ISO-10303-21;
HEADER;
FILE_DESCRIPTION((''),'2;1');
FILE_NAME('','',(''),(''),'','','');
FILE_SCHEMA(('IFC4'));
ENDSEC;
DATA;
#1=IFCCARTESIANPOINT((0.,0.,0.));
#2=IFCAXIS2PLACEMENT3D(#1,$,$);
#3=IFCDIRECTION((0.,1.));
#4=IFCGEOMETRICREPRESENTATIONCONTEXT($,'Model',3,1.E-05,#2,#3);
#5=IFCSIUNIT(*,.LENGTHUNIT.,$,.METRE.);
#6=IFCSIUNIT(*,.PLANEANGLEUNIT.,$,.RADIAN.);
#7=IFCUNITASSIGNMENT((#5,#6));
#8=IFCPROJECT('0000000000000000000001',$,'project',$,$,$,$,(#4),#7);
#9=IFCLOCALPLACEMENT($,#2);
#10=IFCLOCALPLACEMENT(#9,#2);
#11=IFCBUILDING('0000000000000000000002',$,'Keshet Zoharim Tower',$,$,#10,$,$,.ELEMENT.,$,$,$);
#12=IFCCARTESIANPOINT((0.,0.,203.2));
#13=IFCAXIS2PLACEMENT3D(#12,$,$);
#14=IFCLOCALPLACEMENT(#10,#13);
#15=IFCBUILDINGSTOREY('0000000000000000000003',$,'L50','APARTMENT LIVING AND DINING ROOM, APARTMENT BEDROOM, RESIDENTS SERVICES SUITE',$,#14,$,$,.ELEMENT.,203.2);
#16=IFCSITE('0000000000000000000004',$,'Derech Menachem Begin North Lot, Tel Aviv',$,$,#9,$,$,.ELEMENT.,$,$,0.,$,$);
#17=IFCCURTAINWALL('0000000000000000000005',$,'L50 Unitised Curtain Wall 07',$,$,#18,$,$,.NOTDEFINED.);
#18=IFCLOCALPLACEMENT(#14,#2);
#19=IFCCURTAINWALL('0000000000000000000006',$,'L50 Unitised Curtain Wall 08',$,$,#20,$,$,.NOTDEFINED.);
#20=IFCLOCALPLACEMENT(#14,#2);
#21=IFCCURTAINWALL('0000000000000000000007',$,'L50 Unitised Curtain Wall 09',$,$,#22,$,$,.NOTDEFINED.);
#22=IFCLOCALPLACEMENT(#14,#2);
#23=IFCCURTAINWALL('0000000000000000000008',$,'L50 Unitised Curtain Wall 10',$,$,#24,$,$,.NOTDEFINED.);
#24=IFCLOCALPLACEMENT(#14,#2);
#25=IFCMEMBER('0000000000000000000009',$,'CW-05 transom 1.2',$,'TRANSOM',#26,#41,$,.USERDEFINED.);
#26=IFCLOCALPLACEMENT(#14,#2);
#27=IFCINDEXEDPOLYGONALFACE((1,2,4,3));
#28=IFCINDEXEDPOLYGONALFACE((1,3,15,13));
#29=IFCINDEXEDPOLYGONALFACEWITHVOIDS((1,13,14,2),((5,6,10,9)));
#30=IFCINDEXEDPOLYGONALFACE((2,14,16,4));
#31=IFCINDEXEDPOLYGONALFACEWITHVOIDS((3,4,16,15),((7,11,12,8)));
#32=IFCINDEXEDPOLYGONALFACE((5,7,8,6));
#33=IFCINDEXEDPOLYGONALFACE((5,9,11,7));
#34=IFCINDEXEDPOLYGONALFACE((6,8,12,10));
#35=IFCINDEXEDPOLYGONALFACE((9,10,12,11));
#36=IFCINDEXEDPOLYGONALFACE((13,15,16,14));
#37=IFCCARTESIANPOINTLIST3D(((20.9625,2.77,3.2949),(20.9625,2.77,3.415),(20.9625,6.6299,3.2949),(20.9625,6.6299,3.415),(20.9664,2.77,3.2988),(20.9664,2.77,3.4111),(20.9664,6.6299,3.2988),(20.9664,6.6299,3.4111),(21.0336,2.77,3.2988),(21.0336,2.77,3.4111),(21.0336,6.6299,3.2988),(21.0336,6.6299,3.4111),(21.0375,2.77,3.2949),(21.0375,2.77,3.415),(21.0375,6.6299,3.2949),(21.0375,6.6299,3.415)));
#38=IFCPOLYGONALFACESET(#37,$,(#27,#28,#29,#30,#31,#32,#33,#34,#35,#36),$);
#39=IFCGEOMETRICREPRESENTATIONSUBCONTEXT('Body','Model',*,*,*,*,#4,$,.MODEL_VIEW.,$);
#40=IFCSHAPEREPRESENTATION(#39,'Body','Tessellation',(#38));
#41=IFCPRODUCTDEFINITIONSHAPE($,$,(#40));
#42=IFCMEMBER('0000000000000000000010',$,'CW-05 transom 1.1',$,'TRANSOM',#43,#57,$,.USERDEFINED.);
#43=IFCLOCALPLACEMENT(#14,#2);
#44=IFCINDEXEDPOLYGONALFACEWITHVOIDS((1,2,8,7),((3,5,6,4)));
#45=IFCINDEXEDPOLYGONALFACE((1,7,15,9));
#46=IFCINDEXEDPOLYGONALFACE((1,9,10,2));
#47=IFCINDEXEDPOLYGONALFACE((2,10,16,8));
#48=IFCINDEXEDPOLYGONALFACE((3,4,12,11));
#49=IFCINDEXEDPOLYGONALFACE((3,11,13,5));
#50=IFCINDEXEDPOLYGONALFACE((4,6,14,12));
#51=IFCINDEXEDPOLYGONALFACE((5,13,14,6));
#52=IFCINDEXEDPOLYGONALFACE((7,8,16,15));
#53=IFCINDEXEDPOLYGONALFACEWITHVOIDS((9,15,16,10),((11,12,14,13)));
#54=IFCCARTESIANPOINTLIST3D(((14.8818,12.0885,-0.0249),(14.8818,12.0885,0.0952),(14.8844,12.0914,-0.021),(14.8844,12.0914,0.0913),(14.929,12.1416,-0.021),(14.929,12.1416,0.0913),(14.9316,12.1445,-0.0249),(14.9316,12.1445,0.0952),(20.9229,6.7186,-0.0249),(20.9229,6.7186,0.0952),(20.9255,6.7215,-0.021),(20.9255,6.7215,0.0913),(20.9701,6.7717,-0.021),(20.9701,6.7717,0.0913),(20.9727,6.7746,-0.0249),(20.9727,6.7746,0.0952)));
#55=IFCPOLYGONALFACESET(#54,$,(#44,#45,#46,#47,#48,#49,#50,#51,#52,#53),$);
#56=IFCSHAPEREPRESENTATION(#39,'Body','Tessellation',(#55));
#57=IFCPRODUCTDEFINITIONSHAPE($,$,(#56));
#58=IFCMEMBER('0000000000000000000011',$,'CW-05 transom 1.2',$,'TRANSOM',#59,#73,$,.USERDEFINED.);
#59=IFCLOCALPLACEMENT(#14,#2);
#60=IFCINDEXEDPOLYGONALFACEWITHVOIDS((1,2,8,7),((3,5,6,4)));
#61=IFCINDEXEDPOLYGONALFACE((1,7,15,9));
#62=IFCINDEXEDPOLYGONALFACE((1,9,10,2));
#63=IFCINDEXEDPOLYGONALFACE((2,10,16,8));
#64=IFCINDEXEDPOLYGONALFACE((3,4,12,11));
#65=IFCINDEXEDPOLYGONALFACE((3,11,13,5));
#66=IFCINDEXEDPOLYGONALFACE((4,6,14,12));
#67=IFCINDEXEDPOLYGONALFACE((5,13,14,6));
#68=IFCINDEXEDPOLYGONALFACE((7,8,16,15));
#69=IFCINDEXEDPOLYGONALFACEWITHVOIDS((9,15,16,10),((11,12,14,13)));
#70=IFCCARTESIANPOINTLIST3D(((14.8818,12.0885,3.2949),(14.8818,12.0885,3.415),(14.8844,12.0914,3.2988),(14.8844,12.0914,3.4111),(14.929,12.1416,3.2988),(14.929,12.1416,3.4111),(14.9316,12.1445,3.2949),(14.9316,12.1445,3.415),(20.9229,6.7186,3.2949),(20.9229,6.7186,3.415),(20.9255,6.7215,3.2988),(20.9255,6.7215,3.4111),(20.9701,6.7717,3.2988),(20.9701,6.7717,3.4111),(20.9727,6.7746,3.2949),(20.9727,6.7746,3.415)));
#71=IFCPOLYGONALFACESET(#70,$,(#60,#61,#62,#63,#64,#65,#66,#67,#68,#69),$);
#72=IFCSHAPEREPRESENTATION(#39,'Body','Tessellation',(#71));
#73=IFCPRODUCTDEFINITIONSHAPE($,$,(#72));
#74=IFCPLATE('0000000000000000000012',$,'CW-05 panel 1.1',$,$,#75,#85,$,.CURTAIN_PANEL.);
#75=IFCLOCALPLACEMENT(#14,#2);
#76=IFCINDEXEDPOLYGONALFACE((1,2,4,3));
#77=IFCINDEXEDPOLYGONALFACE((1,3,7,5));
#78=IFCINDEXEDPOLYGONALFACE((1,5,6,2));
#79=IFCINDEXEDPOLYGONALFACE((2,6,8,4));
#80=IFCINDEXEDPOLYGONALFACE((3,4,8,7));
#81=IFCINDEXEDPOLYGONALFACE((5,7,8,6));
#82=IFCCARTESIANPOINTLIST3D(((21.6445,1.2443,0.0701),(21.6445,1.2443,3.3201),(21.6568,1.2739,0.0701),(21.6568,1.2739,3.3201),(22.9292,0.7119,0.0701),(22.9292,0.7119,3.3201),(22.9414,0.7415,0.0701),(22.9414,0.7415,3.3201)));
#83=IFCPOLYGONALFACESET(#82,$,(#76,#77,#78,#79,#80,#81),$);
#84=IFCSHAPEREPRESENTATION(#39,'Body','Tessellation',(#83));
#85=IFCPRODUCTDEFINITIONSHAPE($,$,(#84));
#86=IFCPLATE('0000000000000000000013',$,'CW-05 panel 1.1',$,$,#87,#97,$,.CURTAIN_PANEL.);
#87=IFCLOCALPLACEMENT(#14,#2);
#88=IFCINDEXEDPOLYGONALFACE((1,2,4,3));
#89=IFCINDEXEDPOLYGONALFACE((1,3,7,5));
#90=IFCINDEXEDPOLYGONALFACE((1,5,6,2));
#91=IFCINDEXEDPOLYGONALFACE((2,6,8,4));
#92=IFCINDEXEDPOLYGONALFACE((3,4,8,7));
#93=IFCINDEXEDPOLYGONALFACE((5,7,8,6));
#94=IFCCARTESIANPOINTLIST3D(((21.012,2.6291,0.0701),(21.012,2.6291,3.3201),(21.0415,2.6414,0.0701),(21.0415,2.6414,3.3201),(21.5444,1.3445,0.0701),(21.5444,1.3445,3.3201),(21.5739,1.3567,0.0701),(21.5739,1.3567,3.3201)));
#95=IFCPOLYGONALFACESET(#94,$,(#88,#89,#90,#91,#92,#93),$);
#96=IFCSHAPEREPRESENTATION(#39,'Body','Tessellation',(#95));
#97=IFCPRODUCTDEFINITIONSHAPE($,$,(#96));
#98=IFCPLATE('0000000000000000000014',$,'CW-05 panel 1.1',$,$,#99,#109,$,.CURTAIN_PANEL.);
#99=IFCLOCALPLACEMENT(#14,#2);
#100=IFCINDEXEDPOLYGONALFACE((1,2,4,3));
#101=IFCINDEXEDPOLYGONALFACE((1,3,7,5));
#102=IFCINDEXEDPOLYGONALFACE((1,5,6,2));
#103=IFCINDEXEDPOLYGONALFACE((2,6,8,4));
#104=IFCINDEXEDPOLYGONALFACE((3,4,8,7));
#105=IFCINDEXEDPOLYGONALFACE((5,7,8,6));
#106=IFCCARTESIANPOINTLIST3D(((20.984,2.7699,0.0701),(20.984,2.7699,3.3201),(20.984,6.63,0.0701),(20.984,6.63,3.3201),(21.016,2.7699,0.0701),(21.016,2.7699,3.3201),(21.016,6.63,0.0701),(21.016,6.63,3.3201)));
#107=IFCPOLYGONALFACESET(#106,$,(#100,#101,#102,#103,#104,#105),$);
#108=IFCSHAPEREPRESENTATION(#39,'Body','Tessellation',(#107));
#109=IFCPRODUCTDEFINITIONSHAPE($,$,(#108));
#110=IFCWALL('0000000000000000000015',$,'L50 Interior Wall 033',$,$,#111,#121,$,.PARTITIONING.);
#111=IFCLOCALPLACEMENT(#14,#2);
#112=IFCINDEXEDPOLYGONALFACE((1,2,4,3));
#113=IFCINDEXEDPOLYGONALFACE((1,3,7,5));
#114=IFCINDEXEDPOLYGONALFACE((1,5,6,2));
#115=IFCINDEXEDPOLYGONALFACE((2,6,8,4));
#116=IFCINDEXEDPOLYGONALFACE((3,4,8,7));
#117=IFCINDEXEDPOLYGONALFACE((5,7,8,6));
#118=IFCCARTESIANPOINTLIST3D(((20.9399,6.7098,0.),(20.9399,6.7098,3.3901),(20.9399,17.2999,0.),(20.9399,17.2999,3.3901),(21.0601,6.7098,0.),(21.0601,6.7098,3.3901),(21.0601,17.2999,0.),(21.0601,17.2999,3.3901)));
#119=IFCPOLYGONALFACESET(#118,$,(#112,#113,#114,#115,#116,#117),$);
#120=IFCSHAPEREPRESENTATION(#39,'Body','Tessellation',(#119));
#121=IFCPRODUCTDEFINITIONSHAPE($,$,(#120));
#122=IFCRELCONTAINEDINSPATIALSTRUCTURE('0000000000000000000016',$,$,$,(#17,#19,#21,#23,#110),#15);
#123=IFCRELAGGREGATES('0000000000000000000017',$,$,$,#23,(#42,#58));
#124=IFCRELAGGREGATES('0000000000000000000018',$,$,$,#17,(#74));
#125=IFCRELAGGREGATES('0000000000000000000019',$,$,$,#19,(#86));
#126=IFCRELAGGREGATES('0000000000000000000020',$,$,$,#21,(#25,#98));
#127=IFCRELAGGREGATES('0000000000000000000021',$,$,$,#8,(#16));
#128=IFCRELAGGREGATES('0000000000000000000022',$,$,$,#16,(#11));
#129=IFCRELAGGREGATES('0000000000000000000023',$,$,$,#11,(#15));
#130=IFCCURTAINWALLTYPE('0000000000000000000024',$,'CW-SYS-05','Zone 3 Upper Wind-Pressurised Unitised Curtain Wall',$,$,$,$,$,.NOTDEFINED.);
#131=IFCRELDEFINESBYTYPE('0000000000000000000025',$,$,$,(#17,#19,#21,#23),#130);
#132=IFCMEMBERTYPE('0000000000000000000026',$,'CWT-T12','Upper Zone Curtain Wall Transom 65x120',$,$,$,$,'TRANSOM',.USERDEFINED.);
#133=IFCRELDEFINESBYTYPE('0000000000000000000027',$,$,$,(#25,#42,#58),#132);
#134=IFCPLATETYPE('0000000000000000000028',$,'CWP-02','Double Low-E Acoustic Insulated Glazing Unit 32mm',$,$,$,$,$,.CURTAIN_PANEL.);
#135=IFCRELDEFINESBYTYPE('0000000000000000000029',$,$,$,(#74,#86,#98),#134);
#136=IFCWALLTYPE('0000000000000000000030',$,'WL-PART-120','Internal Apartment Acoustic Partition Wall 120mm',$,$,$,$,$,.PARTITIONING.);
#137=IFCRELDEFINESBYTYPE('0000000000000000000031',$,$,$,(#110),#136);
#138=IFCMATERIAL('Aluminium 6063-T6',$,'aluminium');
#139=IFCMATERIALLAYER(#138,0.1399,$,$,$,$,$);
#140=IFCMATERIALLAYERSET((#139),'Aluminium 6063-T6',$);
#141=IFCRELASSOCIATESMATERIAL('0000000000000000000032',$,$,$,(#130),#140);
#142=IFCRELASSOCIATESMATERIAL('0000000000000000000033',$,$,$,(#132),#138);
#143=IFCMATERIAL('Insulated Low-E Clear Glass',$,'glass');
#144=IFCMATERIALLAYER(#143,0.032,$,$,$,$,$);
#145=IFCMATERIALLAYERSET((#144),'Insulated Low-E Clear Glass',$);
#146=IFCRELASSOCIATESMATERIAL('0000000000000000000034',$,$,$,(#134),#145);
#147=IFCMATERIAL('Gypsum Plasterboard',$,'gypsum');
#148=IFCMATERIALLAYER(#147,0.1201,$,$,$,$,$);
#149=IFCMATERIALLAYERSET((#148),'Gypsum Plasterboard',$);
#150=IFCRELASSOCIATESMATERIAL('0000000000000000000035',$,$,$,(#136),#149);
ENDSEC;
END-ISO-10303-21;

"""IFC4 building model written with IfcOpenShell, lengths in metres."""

from ifc_helpers import new_model, si_unit, direction, frame, frame_2d, origin, origin_2d, place, context, subcontext, project, spatial, rectangle, hollow_rectangle, extrude, material, layer, layer_set, material_profile, profile_set, type_object, element, aggregate, save


model = new_model("IFC4")

# Units and contexts
model_context = context("Model", 3, precision=1e-05, world=origin(), true_north=direction((0.0, 1.0)))
body_context = subcontext(model_context, "Body", "Model", "MODEL_VIEW")
ifc_project = project(units=[si_unit("LENGTHUNIT", "METRE"), si_unit("PLANEANGLEUNIT", "RADIAN")], contexts=[model_context])

# Site, building, storey
site_placement = place(None, origin())
site = spatial("IfcSite", under=ifc_project, at=site_placement, Name="Derech Menachem Begin North Lot, Tel Aviv", CompositionType="ELEMENT", RefElevation=0.0)
building_placement = place(site_placement, origin())
building = spatial("IfcBuilding", under=site, at=building_placement, Name="Keshet Zoharim Tower", CompositionType="ELEMENT")
storey_placement = place(building_placement, frame((0.0, 0.0, 203.2)))
storey = spatial("IfcBuildingStorey", under=building, at=storey_placement, Name="L50", Description="APARTMENT LIVING AND DINING ROOM, APARTMENT BEDROOM, RESIDENTS SERVICES SUITE", CompositionType="ELEMENT", Elevation=203.2)

# Shared definitions
ifc_material_1 = material(Name="Aluminium 6063-T6", Category="aluminium")
ifc_layer_1 = layer(ifc_material_1, 0.1399)
ifc_layer_set_1 = layer_set([ifc_layer_1], Name="Aluminium 6063-T6")
curtain_wall_type = type_object("IfcCurtainWallType", Name="CW-SYS-05", Description="Zone 3 Upper Wind-Pressurised Unitised Curtain Wall", PredefinedType="NOTDEFINED", material=ifc_layer_set_1)

# Curtain walls
curtain_wall_1_placement = place(storey_placement, origin())
curtain_wall_1 = element("IfcCurtainWall", 1, at=curtain_wall_1_placement, inside=storey, type_object=curtain_wall_type, Name="L50 Unitised Curtain Wall 07", PredefinedType="NOTDEFINED")
curtain_wall_2_placement = place(storey_placement, origin())
curtain_wall_2 = element("IfcCurtainWall", 2, at=curtain_wall_2_placement, inside=storey, type_object=curtain_wall_type, Name="L50 Unitised Curtain Wall 08", PredefinedType="NOTDEFINED")
curtain_wall_3_placement = place(storey_placement, origin())
curtain_wall_3 = element("IfcCurtainWall", 3, at=curtain_wall_3_placement, inside=storey, type_object=curtain_wall_type, Name="L50 Unitised Curtain Wall 09", PredefinedType="NOTDEFINED")

# Curtain wall
curtain_wall_4_placement = place(storey_placement, origin())
curtain_wall_4 = element("IfcCurtainWall", 4, at=curtain_wall_4_placement, inside=storey, type_object=curtain_wall_type, Name="L50 Unitised Curtain Wall 10", PredefinedType="NOTDEFINED")

# Members
ifc_material_profile_1 = material_profile(ifc_material_1, hollow_rectangle(XDim=0.075, YDim=0.1201, WallThickness=0.0039, at=origin_2d()), Name="TRN-75x120")
ifc_profile_set_1 = profile_set([ifc_material_profile_1], Name="Aluminium 6063-T6")
member_type_1 = type_object("IfcMemberType", Name="CWT-T12", Description="Upper Zone Curtain Wall Transom 65x120", ElementType="TRANSOM", PredefinedType="USERDEFINED", material=ifc_profile_set_1)
member_1_placement = place(storey_placement, frame((21.0, 2.77, 3.355), z_axis=(0.0, 1.0, 0.0), x_axis=(-1.0, 0.0, 0.0)))
member_1 = element("IfcMember", 5, at=member_1_placement, type_object=member_type_1, Name="CW-05 transom 1.2", ObjectType="TRANSOM", PredefinedType="USERDEFINED", context=body_context, shape_type="SweptSolid", body=[
    extrude(hollow_rectangle(XDim=0.075, YDim=0.1201, WallThickness=0.0039, at=origin_2d()), origin(), (0.0, 0.0, 1.0), 3.8599),
])
member_2_placement = place(storey_placement, frame((20.9478, 6.7466, 0.0352), z_axis=(-0.747404, 0.664369, 0.0), x_axis=(-0.664369, -0.747404, 0.0)))
member_2 = element("IfcMember", 6, at=member_2_placement, type_object=member_type_1, Name="CW-05 transom 1.1", ObjectType="TRANSOM", PredefinedType="USERDEFINED", context=body_context, shape_type="SweptSolid", body=[
    extrude(hollow_rectangle(XDim=0.075, YDim=0.1201, WallThickness=0.0039, at=origin_2d()), origin(), (0.0, 0.0, 1.0), 8.0828),
])
member_3_placement = place(storey_placement, frame((20.9478, 6.7466, 3.355), z_axis=(-0.747404, 0.664369, 0.0), x_axis=(-0.664369, -0.747404, 0.0)))
member_3 = element("IfcMember", 7, at=member_3_placement, type_object=member_type_1, Name="CW-05 transom 1.2", ObjectType="TRANSOM", PredefinedType="USERDEFINED", context=body_context, shape_type="SweptSolid", body=[
    extrude(hollow_rectangle(XDim=0.075, YDim=0.1201, WallThickness=0.0039, at=origin_2d()), origin(), (0.0, 0.0, 1.0), 8.0828),
])
aggregate(curtain_wall_4, [member_2, member_3])

# Plates
ifc_material_2 = material(Name="Insulated Low-E Clear Glass", Category="glass")
ifc_layer_2 = layer(ifc_material_2, 0.032)
ifc_layer_set_2 = layer_set([ifc_layer_2], Name="Insulated Low-E Clear Glass")
plate_type = type_object("IfcPlateType", Name="CWP-02", Description="Double Low-E Acoustic Insulated Glazing Unit 32mm", PredefinedType="CURTAIN_PANEL", material=ifc_layer_set_2)
plate_1_placement = place(storey_placement, frame((22.293, 0.9929, 0.0701), z_axis=(0.0, 0.0, 1.0), x_axis=(-0.92381, 0.382852, 0.0)))
plate_1 = element("IfcPlate", 8, at=plate_1_placement, type_object=plate_type, Name="CW-05 panel 1.1", PredefinedType="CURTAIN_PANEL", context=body_context, shape_type="SweptSolid", body=[
    extrude(rectangle(XDim=1.3906, YDim=0.032, at=origin_2d()), origin(), (0.0, 0.0, 1.0), 3.25),
])
aggregate(curtain_wall_1, [plate_1])
plate_2_placement = place(storey_placement, frame((21.293, 1.9929, 0.0701), z_axis=(0.0, 0.0, 1.0), x_axis=(-0.382852, 0.92381, 0.0)))
plate_2 = element("IfcPlate", 9, at=plate_2_placement, type_object=plate_type, Name="CW-05 panel 1.1", PredefinedType="CURTAIN_PANEL", context=body_context, shape_type="SweptSolid", body=[
    extrude(rectangle(XDim=1.3906, YDim=0.032, at=origin_2d()), origin(), (0.0, 0.0, 1.0), 3.25),
])
aggregate(curtain_wall_2, [plate_2])
plate_3_placement = place(storey_placement, frame((21.0, 4.7, 0.0701), z_axis=(0.0, 0.0, 1.0), x_axis=(0.0, 1.0, 0.0)))
plate_3 = element("IfcPlate", 10, at=plate_3_placement, type_object=plate_type, Name="CW-05 panel 1.1", PredefinedType="CURTAIN_PANEL", context=body_context, shape_type="SweptSolid", body=[
    extrude(rectangle(XDim=3.8601, YDim=0.032, at=origin_2d()), origin(), (0.0, 0.0, 1.0), 3.25),
])
aggregate(curtain_wall_3, [member_1, plate_3])

# Wall
ifc_material_3 = material(Name="Gypsum Plasterboard", Category="gypsum")
ifc_layer_3 = layer(ifc_material_3, 0.1201)
ifc_layer_set_3 = layer_set([ifc_layer_3], Name="Gypsum Plasterboard")
wall_type = type_object("IfcWallType", Name="WL-PART-120", Description="Internal Apartment Acoustic Partition Wall 120mm", PredefinedType="PARTITIONING", material=ifc_layer_set_3)
wall_placement = place(storey_placement, frame((21.0, 6.71, 0.0), z_axis=(0.0, 0.0, 1.0), x_axis=(0.0, 1.0, 0.0)))
element("IfcWall", 11, at=wall_placement, inside=storey, type_object=wall_type, Name="L50 Interior Wall 033", PredefinedType="PARTITIONING", context=body_context, shape_type="SweptSolid", body=[
    extrude(rectangle(XDim=10.5901, YDim=0.1201, at=frame_2d((5.2949, 0.0))), origin(), (0.0, 0.0, 1.0), 3.3901),
])

save(model, "model.ifc")
